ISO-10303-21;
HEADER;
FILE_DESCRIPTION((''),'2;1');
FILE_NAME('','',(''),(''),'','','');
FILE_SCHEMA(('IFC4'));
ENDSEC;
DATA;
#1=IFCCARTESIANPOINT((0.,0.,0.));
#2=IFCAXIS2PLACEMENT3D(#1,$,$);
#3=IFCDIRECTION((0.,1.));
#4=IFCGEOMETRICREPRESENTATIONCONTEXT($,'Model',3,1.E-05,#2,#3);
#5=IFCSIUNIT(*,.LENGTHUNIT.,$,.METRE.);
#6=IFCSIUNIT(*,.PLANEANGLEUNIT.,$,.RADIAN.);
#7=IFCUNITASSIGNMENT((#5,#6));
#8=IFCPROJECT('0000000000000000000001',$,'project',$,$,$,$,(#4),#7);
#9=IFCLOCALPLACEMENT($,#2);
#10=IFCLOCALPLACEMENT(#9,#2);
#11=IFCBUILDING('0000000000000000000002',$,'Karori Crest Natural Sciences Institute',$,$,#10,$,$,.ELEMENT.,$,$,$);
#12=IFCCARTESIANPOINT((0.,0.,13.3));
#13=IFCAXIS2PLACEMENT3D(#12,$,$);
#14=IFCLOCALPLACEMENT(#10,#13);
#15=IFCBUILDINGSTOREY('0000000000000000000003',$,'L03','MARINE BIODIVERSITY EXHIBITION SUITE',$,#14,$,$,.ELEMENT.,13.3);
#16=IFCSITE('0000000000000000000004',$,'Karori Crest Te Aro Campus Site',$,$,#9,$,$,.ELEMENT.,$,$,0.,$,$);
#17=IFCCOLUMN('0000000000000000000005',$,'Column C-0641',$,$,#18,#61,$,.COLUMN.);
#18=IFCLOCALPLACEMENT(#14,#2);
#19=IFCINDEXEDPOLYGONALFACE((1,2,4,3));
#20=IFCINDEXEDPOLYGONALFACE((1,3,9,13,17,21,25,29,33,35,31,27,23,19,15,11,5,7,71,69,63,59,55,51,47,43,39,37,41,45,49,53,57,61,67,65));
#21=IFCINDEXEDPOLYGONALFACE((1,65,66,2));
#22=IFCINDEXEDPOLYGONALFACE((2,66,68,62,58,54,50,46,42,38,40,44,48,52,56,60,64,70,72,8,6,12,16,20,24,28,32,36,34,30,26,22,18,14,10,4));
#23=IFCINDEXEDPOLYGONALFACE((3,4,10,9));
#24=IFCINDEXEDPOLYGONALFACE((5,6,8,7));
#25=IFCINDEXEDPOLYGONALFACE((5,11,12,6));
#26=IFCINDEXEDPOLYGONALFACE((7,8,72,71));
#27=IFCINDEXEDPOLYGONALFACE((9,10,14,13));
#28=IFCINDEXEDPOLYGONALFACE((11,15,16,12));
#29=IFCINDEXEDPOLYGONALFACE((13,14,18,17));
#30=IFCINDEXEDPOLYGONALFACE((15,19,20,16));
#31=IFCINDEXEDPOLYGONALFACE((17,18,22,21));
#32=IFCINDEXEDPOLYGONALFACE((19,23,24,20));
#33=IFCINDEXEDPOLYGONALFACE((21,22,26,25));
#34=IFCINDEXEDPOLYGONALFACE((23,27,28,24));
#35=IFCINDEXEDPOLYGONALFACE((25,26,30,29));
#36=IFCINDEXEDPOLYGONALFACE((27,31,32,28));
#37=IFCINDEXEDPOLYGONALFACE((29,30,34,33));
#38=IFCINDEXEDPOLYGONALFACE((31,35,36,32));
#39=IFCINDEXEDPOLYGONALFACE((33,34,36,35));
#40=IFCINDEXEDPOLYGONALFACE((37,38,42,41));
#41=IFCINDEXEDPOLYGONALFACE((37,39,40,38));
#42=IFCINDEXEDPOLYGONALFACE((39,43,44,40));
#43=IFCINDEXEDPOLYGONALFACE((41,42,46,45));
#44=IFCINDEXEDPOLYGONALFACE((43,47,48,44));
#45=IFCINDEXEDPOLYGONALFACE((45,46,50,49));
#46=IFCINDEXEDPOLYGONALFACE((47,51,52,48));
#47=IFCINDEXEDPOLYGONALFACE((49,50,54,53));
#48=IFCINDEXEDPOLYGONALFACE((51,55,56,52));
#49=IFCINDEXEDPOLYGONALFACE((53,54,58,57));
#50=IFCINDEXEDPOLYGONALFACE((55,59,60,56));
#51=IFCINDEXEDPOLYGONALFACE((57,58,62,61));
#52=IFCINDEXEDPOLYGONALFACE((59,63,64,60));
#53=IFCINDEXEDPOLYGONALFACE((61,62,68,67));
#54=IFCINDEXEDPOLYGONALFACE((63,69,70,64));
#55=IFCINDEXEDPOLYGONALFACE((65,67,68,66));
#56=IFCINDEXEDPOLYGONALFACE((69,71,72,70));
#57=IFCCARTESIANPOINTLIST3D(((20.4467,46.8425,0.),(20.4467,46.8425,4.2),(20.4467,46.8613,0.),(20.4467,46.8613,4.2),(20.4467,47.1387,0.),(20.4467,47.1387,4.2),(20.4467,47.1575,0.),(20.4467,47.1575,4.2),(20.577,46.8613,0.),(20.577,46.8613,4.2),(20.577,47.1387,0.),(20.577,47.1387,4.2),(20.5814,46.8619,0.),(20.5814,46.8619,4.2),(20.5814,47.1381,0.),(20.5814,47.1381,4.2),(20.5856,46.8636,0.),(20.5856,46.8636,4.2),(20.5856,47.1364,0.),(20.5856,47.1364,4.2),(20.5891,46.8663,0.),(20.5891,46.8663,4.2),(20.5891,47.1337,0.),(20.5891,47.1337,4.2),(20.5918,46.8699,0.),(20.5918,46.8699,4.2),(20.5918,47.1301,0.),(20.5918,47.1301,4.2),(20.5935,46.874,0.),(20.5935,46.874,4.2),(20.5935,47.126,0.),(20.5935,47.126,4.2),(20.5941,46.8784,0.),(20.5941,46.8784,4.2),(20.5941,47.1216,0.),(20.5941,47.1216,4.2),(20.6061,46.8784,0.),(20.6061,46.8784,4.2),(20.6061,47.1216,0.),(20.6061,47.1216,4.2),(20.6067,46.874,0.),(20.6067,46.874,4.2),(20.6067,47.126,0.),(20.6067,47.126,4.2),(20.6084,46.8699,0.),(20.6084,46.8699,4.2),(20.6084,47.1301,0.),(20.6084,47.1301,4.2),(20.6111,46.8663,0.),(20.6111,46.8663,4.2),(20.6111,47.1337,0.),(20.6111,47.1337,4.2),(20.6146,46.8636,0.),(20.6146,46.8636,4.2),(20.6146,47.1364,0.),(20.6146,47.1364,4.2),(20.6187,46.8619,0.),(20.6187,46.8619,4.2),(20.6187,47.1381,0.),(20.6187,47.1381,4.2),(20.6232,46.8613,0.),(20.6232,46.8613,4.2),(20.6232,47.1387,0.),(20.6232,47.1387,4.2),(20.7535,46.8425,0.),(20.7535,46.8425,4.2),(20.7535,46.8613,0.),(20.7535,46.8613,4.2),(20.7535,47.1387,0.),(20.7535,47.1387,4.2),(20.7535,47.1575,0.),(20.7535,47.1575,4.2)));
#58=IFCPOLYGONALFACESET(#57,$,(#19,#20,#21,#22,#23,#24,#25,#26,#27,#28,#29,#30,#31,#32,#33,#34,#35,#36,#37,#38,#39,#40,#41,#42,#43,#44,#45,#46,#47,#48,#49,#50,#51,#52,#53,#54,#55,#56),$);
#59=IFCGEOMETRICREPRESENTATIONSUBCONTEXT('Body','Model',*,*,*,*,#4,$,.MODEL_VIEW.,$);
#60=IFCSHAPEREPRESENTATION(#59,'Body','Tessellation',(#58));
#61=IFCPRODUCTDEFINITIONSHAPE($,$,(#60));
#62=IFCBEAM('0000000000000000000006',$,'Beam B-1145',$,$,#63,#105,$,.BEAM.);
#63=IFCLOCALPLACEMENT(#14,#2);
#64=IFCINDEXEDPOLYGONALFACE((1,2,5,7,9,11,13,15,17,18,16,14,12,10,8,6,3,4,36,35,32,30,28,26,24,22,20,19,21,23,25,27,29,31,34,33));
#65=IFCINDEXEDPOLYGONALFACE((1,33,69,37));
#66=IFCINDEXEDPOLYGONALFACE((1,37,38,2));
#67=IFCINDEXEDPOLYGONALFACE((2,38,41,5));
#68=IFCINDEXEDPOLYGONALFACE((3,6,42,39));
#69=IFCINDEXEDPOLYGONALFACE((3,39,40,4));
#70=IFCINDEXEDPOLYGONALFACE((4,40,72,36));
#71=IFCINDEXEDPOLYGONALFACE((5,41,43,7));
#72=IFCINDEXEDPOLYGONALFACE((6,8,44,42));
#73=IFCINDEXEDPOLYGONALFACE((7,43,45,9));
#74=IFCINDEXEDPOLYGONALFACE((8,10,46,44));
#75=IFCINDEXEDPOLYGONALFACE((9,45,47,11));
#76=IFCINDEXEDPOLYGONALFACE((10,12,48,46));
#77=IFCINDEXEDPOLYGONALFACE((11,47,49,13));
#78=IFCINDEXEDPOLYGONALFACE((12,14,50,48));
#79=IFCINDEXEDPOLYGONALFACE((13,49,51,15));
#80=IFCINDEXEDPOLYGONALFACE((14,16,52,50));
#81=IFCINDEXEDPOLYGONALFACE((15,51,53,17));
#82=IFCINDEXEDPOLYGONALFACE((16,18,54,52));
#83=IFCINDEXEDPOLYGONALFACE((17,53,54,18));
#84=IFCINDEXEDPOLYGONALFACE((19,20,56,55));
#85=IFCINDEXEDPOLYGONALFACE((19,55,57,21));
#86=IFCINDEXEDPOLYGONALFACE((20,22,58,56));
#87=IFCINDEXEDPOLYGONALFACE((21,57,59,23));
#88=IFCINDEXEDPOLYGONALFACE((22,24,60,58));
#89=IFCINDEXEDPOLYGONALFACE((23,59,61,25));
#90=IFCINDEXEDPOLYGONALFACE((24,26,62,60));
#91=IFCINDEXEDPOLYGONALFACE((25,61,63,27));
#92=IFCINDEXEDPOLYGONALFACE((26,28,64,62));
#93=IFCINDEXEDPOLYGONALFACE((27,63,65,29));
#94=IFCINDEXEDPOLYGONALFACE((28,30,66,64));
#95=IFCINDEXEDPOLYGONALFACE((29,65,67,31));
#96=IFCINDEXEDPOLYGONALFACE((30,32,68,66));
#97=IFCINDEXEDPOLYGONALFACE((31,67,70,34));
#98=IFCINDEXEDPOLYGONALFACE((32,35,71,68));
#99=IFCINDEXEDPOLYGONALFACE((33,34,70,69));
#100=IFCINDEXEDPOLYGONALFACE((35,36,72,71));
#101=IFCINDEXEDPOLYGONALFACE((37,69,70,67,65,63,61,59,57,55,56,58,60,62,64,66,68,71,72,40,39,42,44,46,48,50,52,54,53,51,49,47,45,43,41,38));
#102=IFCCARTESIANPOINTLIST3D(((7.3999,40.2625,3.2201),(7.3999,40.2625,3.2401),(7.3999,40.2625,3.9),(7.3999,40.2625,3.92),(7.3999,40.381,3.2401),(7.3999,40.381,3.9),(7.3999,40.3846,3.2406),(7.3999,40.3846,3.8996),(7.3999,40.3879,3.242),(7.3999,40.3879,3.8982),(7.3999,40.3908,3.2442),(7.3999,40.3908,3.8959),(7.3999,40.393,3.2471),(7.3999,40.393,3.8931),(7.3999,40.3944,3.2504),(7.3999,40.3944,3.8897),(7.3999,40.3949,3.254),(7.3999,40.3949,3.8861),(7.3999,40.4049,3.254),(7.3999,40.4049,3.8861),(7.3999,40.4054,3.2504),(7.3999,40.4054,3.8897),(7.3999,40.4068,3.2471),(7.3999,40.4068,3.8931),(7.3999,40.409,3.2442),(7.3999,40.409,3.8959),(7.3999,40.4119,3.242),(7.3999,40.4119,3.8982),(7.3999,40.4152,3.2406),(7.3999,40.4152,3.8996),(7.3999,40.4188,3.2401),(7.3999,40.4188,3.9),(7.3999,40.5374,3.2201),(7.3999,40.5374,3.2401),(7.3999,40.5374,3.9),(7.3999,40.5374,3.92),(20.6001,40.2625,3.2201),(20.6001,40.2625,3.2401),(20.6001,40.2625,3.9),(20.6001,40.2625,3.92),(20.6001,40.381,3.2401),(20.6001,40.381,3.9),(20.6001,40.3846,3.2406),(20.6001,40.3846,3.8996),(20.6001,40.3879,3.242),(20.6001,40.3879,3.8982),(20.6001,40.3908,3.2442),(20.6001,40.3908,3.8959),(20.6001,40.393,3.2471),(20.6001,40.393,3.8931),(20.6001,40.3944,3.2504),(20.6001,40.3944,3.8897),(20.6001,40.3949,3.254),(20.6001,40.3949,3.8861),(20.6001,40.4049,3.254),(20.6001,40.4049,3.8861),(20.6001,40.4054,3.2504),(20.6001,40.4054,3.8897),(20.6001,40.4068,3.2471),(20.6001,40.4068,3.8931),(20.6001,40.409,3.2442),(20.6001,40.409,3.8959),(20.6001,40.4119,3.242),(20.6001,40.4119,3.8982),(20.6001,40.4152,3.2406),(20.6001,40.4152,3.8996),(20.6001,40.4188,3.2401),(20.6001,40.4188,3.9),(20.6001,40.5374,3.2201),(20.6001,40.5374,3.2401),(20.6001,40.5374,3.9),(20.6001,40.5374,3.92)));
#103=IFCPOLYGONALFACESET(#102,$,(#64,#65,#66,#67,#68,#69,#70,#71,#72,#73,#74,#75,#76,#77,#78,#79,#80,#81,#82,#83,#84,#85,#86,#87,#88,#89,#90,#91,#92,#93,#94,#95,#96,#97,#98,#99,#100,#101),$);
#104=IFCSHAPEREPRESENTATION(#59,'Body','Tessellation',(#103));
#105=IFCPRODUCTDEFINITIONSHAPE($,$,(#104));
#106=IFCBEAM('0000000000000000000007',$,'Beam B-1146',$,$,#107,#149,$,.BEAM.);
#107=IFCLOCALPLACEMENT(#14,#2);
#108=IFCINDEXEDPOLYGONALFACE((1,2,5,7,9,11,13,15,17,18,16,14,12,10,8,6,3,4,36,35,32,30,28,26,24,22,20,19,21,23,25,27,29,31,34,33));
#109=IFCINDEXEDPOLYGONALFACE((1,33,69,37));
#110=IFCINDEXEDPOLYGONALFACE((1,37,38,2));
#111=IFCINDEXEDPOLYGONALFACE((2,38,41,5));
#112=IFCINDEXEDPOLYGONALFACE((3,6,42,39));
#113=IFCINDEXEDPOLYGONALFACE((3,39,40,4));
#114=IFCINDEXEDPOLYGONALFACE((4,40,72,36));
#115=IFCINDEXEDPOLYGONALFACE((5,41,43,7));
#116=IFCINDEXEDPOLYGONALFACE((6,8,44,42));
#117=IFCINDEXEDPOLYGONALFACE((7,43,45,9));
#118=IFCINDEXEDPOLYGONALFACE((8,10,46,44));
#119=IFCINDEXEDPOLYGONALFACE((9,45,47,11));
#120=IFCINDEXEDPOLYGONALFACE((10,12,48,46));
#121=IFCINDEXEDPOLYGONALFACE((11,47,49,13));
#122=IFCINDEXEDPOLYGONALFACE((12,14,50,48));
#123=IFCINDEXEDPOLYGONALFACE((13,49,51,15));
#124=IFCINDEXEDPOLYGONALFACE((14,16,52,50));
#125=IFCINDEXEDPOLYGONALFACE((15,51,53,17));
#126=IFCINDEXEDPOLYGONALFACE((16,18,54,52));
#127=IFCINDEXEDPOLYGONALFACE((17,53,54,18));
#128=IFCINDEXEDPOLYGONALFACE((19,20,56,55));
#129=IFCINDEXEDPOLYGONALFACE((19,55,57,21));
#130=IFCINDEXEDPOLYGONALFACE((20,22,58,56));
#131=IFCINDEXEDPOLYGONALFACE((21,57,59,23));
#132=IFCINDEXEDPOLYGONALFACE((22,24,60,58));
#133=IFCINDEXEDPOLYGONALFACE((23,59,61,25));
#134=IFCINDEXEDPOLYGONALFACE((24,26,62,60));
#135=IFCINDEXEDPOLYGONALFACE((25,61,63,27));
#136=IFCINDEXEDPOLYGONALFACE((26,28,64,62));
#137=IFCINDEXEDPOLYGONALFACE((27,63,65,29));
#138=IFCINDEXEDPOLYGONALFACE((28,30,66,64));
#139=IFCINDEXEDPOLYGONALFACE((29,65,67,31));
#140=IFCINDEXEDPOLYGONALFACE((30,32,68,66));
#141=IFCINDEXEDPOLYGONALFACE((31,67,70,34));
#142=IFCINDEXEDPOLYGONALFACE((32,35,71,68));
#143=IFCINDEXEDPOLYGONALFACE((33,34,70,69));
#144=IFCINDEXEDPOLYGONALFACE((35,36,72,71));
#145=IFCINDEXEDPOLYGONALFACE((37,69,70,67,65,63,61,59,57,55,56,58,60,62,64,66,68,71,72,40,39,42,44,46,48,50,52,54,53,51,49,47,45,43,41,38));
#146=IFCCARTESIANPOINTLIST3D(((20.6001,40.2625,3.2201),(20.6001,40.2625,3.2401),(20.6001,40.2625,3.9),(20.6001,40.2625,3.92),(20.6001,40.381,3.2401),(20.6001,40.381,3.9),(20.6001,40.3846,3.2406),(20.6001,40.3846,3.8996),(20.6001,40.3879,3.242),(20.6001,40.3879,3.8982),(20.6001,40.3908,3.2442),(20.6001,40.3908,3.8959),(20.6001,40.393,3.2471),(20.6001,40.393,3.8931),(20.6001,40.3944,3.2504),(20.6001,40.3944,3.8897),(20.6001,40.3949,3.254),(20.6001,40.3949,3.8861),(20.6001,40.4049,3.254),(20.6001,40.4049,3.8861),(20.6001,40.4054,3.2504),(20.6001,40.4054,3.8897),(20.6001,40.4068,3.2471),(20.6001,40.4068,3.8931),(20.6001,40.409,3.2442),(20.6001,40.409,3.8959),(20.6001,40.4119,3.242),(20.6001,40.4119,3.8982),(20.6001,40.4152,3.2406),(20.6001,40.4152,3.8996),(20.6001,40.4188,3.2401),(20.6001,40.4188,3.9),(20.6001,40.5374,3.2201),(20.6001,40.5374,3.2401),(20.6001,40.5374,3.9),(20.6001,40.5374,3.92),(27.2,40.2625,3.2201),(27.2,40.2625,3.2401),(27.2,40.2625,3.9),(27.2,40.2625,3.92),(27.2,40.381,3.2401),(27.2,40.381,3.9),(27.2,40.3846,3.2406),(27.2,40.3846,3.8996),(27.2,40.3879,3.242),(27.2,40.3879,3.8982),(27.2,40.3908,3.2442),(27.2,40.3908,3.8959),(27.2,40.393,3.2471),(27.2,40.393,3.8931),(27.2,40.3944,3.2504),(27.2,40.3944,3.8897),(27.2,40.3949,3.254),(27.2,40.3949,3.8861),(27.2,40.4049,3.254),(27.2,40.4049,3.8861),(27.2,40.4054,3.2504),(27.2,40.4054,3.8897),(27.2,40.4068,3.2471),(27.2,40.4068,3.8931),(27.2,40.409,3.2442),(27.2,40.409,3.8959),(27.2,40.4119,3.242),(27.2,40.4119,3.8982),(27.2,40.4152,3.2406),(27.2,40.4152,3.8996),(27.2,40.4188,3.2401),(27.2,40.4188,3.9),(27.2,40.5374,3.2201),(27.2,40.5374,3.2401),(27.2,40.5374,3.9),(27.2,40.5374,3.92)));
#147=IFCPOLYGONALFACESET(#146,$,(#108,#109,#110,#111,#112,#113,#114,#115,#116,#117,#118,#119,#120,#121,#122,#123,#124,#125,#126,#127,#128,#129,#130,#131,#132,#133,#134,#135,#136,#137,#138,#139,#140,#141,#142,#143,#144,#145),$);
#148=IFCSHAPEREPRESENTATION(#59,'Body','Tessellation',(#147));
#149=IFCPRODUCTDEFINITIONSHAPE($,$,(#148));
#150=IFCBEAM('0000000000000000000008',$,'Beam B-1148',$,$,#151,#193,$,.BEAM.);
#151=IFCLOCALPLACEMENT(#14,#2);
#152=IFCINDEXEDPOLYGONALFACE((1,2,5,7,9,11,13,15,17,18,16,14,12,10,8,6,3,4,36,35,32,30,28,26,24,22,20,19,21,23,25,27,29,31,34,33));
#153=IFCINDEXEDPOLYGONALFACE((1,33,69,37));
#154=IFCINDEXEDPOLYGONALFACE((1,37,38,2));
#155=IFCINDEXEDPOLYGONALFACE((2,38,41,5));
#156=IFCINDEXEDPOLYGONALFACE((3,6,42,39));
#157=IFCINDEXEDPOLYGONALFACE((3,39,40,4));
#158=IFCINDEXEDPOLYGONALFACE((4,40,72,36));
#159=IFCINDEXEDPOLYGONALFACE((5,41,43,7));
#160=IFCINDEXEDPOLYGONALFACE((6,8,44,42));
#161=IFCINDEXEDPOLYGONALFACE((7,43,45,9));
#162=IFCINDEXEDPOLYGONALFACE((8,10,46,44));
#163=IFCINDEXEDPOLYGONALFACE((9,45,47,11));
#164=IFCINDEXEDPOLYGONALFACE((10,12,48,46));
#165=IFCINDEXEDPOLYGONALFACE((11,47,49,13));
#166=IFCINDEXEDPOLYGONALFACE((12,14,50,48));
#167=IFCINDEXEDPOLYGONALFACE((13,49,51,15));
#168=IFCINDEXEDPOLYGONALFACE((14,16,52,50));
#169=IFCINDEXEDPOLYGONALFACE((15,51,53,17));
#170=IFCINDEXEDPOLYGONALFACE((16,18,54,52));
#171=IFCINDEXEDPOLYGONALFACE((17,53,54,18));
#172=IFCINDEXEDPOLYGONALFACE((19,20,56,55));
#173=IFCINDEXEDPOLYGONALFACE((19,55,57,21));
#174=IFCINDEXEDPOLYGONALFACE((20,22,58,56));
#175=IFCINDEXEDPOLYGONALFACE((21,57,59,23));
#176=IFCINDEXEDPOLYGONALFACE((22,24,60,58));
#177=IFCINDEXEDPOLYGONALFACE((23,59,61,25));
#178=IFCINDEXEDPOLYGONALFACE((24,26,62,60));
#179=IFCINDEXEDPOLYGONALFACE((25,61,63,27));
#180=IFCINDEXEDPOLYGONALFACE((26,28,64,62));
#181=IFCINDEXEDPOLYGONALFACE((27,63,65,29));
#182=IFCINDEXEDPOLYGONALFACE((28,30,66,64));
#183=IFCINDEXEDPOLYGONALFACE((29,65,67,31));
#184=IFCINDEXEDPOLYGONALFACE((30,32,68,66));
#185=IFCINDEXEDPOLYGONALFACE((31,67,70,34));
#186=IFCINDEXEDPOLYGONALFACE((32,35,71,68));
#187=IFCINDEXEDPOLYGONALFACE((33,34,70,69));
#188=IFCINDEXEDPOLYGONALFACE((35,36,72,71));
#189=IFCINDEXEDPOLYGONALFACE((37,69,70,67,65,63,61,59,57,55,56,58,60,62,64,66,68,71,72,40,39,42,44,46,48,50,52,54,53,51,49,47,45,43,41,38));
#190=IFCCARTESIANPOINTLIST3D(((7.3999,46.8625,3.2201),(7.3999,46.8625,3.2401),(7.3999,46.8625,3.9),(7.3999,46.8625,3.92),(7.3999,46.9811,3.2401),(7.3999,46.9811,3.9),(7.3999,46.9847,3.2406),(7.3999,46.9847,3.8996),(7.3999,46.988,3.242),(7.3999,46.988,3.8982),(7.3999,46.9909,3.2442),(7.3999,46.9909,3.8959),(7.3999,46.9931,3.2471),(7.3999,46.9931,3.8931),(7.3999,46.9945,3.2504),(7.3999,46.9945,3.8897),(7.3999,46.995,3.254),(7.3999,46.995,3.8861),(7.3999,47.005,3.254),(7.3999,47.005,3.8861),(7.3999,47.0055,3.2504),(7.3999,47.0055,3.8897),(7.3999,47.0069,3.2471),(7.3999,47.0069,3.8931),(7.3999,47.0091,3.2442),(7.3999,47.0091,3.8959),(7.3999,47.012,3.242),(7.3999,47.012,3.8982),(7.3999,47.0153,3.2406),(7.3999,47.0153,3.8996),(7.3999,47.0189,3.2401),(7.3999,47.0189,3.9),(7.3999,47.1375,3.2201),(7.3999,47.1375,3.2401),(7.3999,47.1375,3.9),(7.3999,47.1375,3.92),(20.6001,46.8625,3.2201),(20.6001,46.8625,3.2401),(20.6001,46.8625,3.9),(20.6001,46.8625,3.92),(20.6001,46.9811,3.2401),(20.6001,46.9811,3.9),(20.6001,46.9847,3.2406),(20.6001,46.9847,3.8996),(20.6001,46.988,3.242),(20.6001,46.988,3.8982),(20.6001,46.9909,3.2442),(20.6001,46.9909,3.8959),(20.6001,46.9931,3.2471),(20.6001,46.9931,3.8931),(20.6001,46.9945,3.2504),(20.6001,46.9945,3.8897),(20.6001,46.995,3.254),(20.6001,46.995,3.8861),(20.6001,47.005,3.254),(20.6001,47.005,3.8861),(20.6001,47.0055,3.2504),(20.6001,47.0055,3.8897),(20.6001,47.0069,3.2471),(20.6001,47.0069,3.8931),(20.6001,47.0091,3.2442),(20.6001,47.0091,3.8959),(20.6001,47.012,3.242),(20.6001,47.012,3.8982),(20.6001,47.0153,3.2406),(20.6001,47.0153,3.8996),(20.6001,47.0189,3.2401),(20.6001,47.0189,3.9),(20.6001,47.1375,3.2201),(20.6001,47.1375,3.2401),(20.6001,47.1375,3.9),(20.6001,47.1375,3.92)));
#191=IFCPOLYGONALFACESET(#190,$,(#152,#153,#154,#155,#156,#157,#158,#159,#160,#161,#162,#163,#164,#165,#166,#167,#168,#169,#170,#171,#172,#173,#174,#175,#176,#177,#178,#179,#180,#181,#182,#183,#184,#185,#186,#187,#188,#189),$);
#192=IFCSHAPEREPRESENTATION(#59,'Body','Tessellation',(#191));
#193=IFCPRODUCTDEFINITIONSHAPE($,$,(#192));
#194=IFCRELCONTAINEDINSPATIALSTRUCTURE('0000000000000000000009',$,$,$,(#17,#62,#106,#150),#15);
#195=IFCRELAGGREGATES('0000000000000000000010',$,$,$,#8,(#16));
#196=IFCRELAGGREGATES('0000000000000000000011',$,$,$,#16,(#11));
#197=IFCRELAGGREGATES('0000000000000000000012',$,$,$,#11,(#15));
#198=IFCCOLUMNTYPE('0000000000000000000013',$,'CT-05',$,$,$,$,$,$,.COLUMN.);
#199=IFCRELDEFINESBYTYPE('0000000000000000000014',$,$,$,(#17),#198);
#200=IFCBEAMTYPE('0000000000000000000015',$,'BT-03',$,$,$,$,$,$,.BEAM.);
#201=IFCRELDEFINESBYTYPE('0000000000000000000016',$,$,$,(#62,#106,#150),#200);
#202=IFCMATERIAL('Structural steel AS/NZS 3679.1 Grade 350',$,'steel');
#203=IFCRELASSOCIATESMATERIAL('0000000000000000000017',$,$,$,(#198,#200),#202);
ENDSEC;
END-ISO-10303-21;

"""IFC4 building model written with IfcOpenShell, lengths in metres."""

from ifc_helpers import new_model, si_unit, direction, frame, origin, origin_2d, place, context, subcontext, project, spatial, i_section, extrude, material, material_profile, profile_set, type_object, element, save


model = new_model("IFC4")

# Units and contexts
model_context = context("Model", 3, precision=1e-05, world=origin(), true_north=direction((0.0, 1.0)))
body_context = subcontext(model_context, "Body", "Model", "MODEL_VIEW")
ifc_project = project(units=[si_unit("LENGTHUNIT", "METRE"), si_unit("PLANEANGLEUNIT", "RADIAN")], contexts=[model_context])

# Site, building, storey
site_placement = place(None, origin())
site = spatial("IfcSite", under=ifc_project, at=site_placement, Name="Karori Crest Te Aro Campus Site", CompositionType="ELEMENT", RefElevation=0.0)
building_placement = place(site_placement, origin())
building = spatial("IfcBuilding", under=site, at=building_placement, Name="Karori Crest Natural Sciences Institute", CompositionType="ELEMENT")
storey_placement = place(building_placement, frame((0.0, 0.0, 13.3)))
storey = spatial("IfcBuildingStorey", under=building, at=storey_placement, Name="L03", Description="MARINE BIODIVERSITY EXHIBITION SUITE", CompositionType="ELEMENT", Elevation=13.3)

# Column
ifc_material_1 = material(Name="Structural steel AS/NZS 3679.1 Grade 350", Category="steel")
ifc_material_profile_1 = material_profile(ifc_material_1, i_section(OverallWidth=0.3069, OverallDepth=0.3149, WebThickness=0.012, FlangeThickness=0.0188, FilletRadius=0.0171, at=origin_2d()), Name="310UC118")
ifc_profile_set_1 = profile_set([ifc_material_profile_1], Name="Structural steel AS/NZS 3679.1 Grade 350")
column_type = type_object("IfcColumnType", Name="CT-05", PredefinedType="COLUMN", material=ifc_profile_set_1)
for number, where, z_axis, x_axis, name in (
    (1, (20.6001, 47.0, 0.0), (0.0, 0.0, 1.0), (1.0, 0.0, 0.0), "Column C-0641"),
):
    element("IfcColumn", number, at=place(storey_placement, frame(where, z_axis=z_axis, x_axis=x_axis)), inside=storey, type_object=column_type, Name=name, PredefinedType="COLUMN", context=body_context, shape_type="SweptSolid", body=[
        extrude(i_section(OverallWidth=0.3069, OverallDepth=0.3149, WebThickness=0.012, FlangeThickness=0.0188, FilletRadius=0.0171, at=origin_2d()), origin(), (0.0, 0.0, 1.0), 4.2),
    ])

# Beams
ifc_material_profile_2 = material_profile(ifc_material_1, i_section(OverallWidth=0.2749, OverallDepth=0.7, WebThickness=0.01, FlangeThickness=0.02, FilletRadius=0.0139, at=origin_2d()), Name="700WB150")
ifc_profile_set_2 = profile_set([ifc_material_profile_2], Name="Structural steel AS/NZS 3679.1 Grade 350")
beam_type_1 = type_object("IfcBeamType", Name="BT-03", PredefinedType="BEAM", material=ifc_profile_set_2)
beam_1_placement = place(storey_placement, frame((7.3999, 40.3999, 3.5701), z_axis=(1.0, 0.0, 0.0), x_axis=(0.0, 1.0, 0.0)))
element("IfcBeam", 2, at=beam_1_placement, inside=storey, type_object=beam_type_1, Name="Beam B-1145", PredefinedType="BEAM", context=body_context, shape_type="SweptSolid", body=[
    extrude(i_section(OverallWidth=0.2749, OverallDepth=0.7, WebThickness=0.01, FlangeThickness=0.02, FilletRadius=0.0139, at=origin_2d()), origin(), (0.0, 0.0, 1.0), 13.2002),
])
beam_2_placement = place(storey_placement, frame((20.6001, 40.3999, 3.5701), z_axis=(1.0, 0.0, 0.0), x_axis=(0.0, 1.0, 0.0)))
element("IfcBeam", 3, at=beam_2_placement, inside=storey, type_object=beam_type_1, Name="Beam B-1146", PredefinedType="BEAM", context=body_context, shape_type="SweptSolid", body=[
    extrude(i_section(OverallWidth=0.2749, OverallDepth=0.7, WebThickness=0.01, FlangeThickness=0.02, FilletRadius=0.0139, at=origin_2d()), origin(), (0.0, 0.0, 1.0), 6.5999),
])
beam_3_placement = place(storey_placement, frame((7.3999, 47.0, 3.5701), z_axis=(1.0, 0.0, 0.0), x_axis=(0.0, 1.0, 0.0)))
element("IfcBeam", 4, at=beam_3_placement, inside=storey, type_object=beam_type_1, Name="Beam B-1148", PredefinedType="BEAM", context=body_context, shape_type="SweptSolid", body=[
    extrude(i_section(OverallWidth=0.2749, OverallDepth=0.7, WebThickness=0.01, FlangeThickness=0.02, FilletRadius=0.0139, at=origin_2d()), origin(), (0.0, 0.0, 1.0), 13.2002),
])

save(model, "model.ifc")
